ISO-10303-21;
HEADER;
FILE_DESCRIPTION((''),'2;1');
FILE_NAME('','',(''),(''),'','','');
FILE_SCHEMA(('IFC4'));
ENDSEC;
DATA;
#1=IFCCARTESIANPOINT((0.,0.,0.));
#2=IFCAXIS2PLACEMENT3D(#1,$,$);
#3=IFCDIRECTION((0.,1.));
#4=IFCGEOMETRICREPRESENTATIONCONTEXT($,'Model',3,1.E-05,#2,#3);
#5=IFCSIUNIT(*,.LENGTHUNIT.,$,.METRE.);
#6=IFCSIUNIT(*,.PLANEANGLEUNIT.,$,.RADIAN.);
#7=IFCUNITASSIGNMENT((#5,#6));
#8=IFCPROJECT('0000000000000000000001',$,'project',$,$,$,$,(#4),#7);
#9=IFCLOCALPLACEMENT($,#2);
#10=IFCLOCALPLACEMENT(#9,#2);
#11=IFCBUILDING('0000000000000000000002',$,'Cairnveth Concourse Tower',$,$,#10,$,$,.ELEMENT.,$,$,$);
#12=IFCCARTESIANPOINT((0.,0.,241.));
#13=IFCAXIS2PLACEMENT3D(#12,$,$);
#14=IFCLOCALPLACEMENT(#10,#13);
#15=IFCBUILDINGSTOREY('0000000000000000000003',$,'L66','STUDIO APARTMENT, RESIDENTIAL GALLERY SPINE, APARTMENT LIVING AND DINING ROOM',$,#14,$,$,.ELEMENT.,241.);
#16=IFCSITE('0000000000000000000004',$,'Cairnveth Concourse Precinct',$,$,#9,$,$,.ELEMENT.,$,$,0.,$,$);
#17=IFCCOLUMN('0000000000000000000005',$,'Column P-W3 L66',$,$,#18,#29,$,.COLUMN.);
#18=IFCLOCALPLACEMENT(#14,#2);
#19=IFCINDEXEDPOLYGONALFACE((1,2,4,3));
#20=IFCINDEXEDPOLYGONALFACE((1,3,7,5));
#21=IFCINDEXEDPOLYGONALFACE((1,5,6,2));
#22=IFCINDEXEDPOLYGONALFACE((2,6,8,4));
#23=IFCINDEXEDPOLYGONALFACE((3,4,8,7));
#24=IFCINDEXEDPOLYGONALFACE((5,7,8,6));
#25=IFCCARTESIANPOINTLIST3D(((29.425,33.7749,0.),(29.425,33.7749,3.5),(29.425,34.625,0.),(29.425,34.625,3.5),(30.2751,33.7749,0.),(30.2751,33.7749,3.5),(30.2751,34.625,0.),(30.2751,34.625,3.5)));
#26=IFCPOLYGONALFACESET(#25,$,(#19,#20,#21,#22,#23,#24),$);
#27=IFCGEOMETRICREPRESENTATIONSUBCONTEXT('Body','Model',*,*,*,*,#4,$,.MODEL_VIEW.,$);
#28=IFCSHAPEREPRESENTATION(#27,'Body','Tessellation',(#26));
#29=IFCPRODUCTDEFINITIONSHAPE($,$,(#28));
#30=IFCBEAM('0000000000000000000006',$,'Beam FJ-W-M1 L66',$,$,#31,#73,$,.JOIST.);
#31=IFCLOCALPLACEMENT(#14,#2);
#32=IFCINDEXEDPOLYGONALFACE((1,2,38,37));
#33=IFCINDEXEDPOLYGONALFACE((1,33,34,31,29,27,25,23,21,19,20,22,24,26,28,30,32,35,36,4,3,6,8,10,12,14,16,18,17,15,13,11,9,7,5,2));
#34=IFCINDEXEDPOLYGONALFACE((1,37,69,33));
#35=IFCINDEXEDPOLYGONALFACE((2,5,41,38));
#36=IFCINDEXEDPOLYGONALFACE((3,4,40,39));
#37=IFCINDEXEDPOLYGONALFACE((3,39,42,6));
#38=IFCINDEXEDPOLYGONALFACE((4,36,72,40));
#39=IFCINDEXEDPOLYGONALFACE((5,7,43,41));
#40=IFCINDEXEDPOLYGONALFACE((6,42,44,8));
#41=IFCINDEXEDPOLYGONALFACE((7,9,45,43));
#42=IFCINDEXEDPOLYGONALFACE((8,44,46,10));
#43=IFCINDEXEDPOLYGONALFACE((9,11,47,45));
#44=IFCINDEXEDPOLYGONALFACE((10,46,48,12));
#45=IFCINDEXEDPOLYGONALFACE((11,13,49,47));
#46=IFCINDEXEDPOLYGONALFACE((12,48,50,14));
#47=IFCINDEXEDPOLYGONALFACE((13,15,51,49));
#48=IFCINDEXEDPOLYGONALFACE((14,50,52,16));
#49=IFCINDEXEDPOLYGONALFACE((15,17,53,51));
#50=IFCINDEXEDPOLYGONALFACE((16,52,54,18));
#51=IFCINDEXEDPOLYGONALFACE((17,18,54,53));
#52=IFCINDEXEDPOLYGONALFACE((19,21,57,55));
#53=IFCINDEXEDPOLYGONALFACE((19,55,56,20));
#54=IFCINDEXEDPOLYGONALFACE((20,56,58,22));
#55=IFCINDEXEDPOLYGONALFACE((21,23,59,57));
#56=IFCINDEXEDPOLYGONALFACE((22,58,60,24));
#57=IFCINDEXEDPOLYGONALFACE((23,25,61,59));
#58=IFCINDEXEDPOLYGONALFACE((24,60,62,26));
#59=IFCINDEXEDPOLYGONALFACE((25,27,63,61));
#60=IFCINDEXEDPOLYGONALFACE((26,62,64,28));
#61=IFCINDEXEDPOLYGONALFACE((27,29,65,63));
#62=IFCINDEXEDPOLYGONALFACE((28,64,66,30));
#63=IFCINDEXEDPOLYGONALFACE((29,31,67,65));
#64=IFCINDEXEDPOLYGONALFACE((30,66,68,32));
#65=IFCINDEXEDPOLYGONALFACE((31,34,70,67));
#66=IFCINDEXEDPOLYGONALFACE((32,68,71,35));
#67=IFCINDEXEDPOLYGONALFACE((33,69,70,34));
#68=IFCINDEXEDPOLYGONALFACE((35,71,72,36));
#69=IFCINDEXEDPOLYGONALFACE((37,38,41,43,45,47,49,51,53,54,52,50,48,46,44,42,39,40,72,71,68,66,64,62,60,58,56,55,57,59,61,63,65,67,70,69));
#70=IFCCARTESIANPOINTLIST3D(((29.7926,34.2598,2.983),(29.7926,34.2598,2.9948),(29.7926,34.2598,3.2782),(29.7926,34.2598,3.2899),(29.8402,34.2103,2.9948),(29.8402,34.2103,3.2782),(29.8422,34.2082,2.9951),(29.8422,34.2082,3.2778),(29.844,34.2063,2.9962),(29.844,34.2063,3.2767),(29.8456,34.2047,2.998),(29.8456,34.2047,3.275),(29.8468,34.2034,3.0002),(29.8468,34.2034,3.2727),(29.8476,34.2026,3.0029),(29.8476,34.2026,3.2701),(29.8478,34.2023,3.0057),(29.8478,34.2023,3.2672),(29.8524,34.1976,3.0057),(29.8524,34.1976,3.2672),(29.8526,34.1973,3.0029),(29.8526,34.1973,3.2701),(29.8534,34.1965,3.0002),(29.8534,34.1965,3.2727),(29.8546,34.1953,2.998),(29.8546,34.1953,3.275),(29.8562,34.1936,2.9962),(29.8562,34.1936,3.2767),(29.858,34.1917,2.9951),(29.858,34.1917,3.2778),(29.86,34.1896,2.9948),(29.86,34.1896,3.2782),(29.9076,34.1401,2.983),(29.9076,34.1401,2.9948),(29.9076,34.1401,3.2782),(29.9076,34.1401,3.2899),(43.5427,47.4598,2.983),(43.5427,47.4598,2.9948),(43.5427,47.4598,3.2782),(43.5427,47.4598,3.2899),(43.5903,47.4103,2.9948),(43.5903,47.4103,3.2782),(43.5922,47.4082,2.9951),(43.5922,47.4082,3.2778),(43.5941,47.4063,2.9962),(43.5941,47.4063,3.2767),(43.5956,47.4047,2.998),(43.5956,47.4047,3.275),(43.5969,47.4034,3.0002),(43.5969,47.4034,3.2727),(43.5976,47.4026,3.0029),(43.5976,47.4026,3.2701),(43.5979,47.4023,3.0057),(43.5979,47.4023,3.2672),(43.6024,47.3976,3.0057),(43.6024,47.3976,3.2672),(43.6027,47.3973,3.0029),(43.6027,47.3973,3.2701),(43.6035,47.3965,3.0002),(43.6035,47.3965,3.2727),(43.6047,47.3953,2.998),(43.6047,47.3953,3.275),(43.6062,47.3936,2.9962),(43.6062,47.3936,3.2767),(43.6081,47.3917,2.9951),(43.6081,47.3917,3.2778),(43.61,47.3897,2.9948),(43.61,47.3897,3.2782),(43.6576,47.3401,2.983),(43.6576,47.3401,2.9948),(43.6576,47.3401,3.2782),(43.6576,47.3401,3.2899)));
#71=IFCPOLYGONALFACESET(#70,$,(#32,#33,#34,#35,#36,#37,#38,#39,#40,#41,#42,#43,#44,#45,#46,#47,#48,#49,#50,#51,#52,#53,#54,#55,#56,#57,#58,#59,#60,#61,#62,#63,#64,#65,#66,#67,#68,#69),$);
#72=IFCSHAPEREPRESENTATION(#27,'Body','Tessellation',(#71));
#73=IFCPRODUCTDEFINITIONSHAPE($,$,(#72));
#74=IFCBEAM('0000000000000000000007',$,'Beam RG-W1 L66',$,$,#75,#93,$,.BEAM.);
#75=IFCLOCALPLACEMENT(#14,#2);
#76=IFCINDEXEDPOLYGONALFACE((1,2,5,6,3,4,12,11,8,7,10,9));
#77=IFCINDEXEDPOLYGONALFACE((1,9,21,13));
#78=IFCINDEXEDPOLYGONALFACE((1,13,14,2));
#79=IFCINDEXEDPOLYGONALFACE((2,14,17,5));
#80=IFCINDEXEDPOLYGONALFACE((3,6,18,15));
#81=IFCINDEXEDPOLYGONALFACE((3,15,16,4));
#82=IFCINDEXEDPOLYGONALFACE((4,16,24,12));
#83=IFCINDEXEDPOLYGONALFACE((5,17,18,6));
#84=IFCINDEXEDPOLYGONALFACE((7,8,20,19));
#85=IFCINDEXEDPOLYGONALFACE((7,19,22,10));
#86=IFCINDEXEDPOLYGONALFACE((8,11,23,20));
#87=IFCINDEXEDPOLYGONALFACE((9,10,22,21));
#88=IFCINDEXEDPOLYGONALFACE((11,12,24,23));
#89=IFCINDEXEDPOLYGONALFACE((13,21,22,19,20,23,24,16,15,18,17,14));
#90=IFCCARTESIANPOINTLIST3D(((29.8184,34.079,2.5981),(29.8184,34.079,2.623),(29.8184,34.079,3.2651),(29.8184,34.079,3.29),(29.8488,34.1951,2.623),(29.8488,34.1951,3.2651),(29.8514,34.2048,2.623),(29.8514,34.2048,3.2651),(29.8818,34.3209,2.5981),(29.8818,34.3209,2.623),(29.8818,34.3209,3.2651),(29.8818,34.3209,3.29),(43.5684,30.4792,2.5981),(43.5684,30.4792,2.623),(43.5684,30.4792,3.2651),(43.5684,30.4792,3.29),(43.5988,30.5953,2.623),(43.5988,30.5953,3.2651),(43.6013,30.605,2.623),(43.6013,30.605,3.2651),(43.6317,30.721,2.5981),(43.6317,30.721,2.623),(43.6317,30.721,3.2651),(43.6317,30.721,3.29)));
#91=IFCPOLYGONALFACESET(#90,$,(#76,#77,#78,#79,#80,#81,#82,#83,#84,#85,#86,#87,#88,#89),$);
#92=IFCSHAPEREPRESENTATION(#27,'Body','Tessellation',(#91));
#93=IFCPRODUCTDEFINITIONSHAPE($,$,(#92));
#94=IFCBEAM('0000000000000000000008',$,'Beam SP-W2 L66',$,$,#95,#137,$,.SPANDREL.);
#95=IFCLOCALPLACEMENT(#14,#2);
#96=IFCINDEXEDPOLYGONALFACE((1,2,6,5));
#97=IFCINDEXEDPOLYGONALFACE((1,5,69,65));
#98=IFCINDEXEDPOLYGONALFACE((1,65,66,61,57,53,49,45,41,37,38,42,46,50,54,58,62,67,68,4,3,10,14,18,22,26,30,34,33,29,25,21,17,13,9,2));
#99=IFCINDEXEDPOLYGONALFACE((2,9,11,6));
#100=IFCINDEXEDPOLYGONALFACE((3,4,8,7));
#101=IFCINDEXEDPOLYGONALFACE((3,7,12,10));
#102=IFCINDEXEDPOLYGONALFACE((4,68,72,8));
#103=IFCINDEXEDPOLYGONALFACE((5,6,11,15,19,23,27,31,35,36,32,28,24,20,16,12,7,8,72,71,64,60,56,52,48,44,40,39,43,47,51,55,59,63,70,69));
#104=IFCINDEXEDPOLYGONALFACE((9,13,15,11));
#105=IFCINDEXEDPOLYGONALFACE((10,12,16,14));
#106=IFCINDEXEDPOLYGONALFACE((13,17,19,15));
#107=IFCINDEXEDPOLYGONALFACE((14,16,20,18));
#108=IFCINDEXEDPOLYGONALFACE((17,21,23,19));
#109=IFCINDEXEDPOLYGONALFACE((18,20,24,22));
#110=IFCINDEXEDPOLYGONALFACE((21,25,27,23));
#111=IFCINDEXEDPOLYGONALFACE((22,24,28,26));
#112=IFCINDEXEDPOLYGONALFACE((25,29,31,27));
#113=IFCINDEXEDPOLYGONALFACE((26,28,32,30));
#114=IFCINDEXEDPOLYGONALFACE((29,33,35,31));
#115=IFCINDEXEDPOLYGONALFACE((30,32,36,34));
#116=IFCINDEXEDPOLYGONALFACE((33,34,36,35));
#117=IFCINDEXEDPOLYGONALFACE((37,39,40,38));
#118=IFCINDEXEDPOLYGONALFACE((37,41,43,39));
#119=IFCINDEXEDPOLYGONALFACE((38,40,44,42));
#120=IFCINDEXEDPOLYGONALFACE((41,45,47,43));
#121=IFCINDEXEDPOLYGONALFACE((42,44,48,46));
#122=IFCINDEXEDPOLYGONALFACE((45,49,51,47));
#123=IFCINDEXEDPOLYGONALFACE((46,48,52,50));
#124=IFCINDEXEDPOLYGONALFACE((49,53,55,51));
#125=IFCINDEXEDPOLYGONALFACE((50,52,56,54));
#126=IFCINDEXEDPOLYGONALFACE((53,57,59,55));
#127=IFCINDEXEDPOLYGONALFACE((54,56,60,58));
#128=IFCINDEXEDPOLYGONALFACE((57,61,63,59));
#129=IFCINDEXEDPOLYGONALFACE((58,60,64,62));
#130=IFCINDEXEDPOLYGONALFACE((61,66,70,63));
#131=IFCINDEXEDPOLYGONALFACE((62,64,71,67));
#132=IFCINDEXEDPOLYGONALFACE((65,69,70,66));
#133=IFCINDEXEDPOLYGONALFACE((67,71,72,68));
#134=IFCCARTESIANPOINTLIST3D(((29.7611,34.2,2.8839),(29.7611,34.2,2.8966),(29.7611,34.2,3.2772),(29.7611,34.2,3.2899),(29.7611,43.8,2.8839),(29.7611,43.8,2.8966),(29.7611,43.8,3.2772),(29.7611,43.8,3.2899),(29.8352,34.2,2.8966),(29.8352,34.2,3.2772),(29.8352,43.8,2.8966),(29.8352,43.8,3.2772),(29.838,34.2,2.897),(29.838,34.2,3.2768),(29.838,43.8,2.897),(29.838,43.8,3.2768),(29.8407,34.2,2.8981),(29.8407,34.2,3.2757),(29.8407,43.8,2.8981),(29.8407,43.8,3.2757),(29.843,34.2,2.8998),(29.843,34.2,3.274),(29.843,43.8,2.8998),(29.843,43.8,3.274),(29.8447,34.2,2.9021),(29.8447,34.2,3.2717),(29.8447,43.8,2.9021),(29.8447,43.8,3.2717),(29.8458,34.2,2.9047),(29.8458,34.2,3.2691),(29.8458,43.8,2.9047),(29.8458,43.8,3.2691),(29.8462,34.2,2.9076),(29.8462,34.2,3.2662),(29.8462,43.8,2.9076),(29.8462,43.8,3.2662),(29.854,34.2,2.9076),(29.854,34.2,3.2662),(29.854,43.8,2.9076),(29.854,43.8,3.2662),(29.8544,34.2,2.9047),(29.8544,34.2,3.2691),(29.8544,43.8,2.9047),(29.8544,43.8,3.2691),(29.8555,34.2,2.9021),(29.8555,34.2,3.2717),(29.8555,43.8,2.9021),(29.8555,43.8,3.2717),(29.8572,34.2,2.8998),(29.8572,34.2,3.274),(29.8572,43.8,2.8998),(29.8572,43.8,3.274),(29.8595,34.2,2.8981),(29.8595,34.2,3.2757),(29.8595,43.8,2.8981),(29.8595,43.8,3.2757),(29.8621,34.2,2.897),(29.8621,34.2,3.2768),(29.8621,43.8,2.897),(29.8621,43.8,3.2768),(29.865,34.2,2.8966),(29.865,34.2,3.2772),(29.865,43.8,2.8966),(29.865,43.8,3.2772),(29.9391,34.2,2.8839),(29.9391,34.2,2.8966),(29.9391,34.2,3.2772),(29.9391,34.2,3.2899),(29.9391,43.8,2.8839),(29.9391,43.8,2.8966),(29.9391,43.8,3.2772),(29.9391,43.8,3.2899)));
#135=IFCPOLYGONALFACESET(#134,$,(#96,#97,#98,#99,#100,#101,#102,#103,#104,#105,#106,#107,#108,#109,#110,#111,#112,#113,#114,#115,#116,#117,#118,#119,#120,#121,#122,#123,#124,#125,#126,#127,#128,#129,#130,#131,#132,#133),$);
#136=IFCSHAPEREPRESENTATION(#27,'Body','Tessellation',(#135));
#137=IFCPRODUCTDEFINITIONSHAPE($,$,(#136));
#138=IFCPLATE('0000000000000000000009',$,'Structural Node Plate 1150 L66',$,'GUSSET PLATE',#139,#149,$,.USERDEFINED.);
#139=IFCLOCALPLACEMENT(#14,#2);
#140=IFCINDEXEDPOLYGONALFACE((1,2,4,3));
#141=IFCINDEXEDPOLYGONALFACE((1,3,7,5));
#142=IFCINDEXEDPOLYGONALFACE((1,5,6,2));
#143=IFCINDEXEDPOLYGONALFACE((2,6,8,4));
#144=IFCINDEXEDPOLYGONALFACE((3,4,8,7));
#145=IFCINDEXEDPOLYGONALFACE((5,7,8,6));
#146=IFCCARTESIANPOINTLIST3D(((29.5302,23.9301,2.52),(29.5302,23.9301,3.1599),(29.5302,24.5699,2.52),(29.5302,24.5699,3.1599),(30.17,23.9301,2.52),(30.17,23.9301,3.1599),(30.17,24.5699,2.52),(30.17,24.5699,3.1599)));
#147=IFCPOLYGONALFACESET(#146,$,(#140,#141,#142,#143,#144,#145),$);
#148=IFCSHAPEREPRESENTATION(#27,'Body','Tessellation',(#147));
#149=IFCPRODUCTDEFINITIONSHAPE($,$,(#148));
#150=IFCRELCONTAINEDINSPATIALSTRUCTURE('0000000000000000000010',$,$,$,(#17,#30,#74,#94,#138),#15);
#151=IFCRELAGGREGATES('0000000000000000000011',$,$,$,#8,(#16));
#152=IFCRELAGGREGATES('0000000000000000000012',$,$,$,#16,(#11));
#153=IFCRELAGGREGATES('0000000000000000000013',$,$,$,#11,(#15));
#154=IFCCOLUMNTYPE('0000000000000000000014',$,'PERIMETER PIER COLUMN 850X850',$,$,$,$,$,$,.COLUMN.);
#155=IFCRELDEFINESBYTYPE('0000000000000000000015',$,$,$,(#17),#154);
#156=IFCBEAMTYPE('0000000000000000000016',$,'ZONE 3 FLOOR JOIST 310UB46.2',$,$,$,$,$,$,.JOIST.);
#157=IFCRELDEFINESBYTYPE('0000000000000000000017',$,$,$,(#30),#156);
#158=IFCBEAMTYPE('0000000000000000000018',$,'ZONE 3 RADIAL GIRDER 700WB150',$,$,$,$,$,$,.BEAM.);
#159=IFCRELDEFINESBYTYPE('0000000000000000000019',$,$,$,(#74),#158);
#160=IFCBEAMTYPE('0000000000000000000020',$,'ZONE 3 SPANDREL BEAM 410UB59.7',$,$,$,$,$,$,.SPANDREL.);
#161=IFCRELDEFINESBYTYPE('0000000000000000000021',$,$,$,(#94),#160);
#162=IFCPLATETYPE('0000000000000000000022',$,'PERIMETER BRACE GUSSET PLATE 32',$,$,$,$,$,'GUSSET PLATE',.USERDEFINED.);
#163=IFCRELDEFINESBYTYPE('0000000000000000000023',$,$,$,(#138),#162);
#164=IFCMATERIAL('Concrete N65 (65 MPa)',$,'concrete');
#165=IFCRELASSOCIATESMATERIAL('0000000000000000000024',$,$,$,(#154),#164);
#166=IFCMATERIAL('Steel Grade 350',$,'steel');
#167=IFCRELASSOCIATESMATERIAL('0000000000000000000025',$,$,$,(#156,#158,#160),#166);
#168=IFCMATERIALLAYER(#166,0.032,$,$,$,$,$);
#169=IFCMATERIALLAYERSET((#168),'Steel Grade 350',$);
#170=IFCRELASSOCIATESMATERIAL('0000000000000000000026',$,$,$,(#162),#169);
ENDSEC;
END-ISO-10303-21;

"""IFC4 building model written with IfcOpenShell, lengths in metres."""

from ifc_helpers import new_model, si_unit, direction, frame, origin, origin_2d, place, context, subcontext, project, spatial, rectangle, i_section, extrude, material, layer, layer_set, material_profile, profile_set, type_object, element, save


model = new_model("IFC4")

# Units and contexts
model_context = context("Model", 3, precision=1e-05, world=origin(), true_north=direction((0.0, 1.0)))
body_context = subcontext(model_context, "Body", "Model", "MODEL_VIEW")
ifc_project = project(units=[si_unit("LENGTHUNIT", "METRE"), si_unit("PLANEANGLEUNIT", "RADIAN")], contexts=[model_context])

# Site, building, storey
site_placement = place(None, origin())
site = spatial("IfcSite", under=ifc_project, at=site_placement, Name="Cairnveth Concourse Precinct", CompositionType="ELEMENT", RefElevation=0.0)
building_placement = place(site_placement, origin())
building = spatial("IfcBuilding", under=site, at=building_placement, Name="Cairnveth Concourse Tower", CompositionType="ELEMENT")
storey_placement = place(building_placement, frame((0.0, 0.0, 241.0)))
storey = spatial("IfcBuildingStorey", under=building, at=storey_placement, Name="L66", Description="STUDIO APARTMENT, RESIDENTIAL GALLERY SPINE, APARTMENT LIVING AND DINING ROOM", CompositionType="ELEMENT", Elevation=241.0)

# Column
ifc_material_1 = material(Name="Concrete N65 (65 MPa)", Category="concrete")
ifc_material_profile_1 = material_profile(ifc_material_1, rectangle(XDim=0.8501, YDim=0.8501, at=origin_2d()), Name="RC-COL-850x850")
ifc_profile_set_1 = profile_set([ifc_material_profile_1], Name="Concrete N65 (65 MPa)")
column_type = type_object("IfcColumnType", Name="PERIMETER PIER COLUMN 850X850", PredefinedType="COLUMN", material=ifc_profile_set_1)
column_placement = place(storey_placement, frame((29.8501, 34.2, 0.0), z_axis=(0.0, 0.0, 1.0), x_axis=(0.0, 1.0, 0.0)))
element("IfcColumn", 1, at=column_placement, inside=storey, type_object=column_type, Name="Column P-W3 L66", PredefinedType="COLUMN", context=body_context, shape_type="SweptSolid", body=[
    extrude(rectangle(XDim=0.8501, YDim=0.8501, at=origin_2d()), origin(), (0.0, 0.0, 1.0), 3.5),
])

# Beams
ifc_material_2 = material(Name="Steel Grade 350", Category="steel")
ifc_material_profile_2 = material_profile(ifc_material_2, i_section(OverallWidth=0.166, OverallDepth=0.3069, WebThickness=0.0066, FlangeThickness=0.0117, FilletRadius=0.011, at=origin_2d()), Name="310UB46.2")
ifc_profile_set_2 = profile_set([ifc_material_profile_2], Name="Steel Grade 350")
beam_type_1 = type_object("IfcBeamType", Name="ZONE 3 FLOOR JOIST 310UB46.2", PredefinedType="JOIST", material=ifc_profile_set_2)
beam_1_placement = place(storey_placement, frame((29.8501, 34.2, 3.1365), z_axis=(0.721389, 0.69253, 0.0), x_axis=(-0.69253, 0.721389, 0.0)))
element("IfcBeam", 2, at=beam_1_placement, inside=storey, type_object=beam_type_1, Name="Beam FJ-W-M1 L66", PredefinedType="JOIST", context=body_context, shape_type="SweptSolid", body=[
    extrude(i_section(OverallWidth=0.166, OverallDepth=0.3069, WebThickness=0.0066, FlangeThickness=0.0117, FilletRadius=0.011, at=origin_2d()), origin(), (0.0, 0.0, 1.0), 19.0605),
])
ifc_material_profile_3 = material_profile(ifc_material_2, i_section(OverallWidth=0.25, OverallDepth=0.6919, WebThickness=0.01, FlangeThickness=0.0249, at=origin_2d()), Name="700WB150")
ifc_profile_set_3 = profile_set([ifc_material_profile_3], Name="Steel Grade 350")
beam_type_2 = type_object("IfcBeamType", Name="ZONE 3 RADIAL GIRDER 700WB150", PredefinedType="BEAM", material=ifc_profile_set_3)
beam_2_placement = place(storey_placement, frame((29.8501, 34.2, 2.9441), z_axis=(0.967395, -0.253271, 0.0), x_axis=(0.253271, 0.967395, 0.0)))
element("IfcBeam", 3, at=beam_2_placement, inside=storey, type_object=beam_type_2, Name="Beam RG-W1 L66", PredefinedType="BEAM", context=body_context, shape_type="SweptSolid", body=[
    extrude(i_section(OverallWidth=0.25, OverallDepth=0.6919, WebThickness=0.01, FlangeThickness=0.0249, at=origin_2d()), origin(), (0.0, 0.0, 1.0), 14.2134),
])
ifc_material_profile_4 = material_profile(ifc_material_2, i_section(OverallWidth=0.178, OverallDepth=0.406, WebThickness=0.0078, FlangeThickness=0.0127, FilletRadius=0.011, at=origin_2d()), Name="410UB59.7")
ifc_profile_set_4 = profile_set([ifc_material_profile_4], Name="Steel Grade 350")
beam_type_3 = type_object("IfcBeamType", Name="ZONE 3 SPANDREL BEAM 410UB59.7", PredefinedType="SPANDREL", material=ifc_profile_set_4)
beam_3_placement = place(storey_placement, frame((29.8501, 34.2, 3.0869), z_axis=(0.0, 1.0, 0.0), x_axis=(-1.0, 0.0, 0.0)))
element("IfcBeam", 4, at=beam_3_placement, inside=storey, type_object=beam_type_3, Name="Beam SP-W2 L66", PredefinedType="SPANDREL", context=body_context, shape_type="SweptSolid", body=[
    extrude(i_section(OverallWidth=0.178, OverallDepth=0.406, WebThickness=0.0078, FlangeThickness=0.0127, FilletRadius=0.011, at=origin_2d()), origin(), (0.0, 0.0, 1.0), 9.6001),
])

# Plate
ifc_layer_1 = layer(ifc_material_2, 0.032)
ifc_layer_set_1 = layer_set([ifc_layer_1], Name="Steel Grade 350")
plate_type = type_object("IfcPlateType", Name="PERIMETER BRACE GUSSET PLATE 32", ElementType="GUSSET PLATE", PredefinedType="USERDEFINED", material=ifc_layer_set_1)
plate_placement = place(storey_placement, frame((29.8501, 24.25, 2.52), z_axis=(0.0, 0.0, 1.0), x_axis=(1.0, 0.0, 0.0)))
element("IfcPlate", 5, at=plate_placement, inside=storey, type_object=plate_type, Name="Structural Node Plate 1150 L66", ObjectType="GUSSET PLATE", PredefinedType="USERDEFINED", context=body_context, shape_type="SweptSolid", body=[
    extrude(rectangle(XDim=0.6399, YDim=0.6399, at=origin_2d()), origin(), (0.0, 0.0, 1.0), 0.6399),
])

save(model, "model.ifc")
